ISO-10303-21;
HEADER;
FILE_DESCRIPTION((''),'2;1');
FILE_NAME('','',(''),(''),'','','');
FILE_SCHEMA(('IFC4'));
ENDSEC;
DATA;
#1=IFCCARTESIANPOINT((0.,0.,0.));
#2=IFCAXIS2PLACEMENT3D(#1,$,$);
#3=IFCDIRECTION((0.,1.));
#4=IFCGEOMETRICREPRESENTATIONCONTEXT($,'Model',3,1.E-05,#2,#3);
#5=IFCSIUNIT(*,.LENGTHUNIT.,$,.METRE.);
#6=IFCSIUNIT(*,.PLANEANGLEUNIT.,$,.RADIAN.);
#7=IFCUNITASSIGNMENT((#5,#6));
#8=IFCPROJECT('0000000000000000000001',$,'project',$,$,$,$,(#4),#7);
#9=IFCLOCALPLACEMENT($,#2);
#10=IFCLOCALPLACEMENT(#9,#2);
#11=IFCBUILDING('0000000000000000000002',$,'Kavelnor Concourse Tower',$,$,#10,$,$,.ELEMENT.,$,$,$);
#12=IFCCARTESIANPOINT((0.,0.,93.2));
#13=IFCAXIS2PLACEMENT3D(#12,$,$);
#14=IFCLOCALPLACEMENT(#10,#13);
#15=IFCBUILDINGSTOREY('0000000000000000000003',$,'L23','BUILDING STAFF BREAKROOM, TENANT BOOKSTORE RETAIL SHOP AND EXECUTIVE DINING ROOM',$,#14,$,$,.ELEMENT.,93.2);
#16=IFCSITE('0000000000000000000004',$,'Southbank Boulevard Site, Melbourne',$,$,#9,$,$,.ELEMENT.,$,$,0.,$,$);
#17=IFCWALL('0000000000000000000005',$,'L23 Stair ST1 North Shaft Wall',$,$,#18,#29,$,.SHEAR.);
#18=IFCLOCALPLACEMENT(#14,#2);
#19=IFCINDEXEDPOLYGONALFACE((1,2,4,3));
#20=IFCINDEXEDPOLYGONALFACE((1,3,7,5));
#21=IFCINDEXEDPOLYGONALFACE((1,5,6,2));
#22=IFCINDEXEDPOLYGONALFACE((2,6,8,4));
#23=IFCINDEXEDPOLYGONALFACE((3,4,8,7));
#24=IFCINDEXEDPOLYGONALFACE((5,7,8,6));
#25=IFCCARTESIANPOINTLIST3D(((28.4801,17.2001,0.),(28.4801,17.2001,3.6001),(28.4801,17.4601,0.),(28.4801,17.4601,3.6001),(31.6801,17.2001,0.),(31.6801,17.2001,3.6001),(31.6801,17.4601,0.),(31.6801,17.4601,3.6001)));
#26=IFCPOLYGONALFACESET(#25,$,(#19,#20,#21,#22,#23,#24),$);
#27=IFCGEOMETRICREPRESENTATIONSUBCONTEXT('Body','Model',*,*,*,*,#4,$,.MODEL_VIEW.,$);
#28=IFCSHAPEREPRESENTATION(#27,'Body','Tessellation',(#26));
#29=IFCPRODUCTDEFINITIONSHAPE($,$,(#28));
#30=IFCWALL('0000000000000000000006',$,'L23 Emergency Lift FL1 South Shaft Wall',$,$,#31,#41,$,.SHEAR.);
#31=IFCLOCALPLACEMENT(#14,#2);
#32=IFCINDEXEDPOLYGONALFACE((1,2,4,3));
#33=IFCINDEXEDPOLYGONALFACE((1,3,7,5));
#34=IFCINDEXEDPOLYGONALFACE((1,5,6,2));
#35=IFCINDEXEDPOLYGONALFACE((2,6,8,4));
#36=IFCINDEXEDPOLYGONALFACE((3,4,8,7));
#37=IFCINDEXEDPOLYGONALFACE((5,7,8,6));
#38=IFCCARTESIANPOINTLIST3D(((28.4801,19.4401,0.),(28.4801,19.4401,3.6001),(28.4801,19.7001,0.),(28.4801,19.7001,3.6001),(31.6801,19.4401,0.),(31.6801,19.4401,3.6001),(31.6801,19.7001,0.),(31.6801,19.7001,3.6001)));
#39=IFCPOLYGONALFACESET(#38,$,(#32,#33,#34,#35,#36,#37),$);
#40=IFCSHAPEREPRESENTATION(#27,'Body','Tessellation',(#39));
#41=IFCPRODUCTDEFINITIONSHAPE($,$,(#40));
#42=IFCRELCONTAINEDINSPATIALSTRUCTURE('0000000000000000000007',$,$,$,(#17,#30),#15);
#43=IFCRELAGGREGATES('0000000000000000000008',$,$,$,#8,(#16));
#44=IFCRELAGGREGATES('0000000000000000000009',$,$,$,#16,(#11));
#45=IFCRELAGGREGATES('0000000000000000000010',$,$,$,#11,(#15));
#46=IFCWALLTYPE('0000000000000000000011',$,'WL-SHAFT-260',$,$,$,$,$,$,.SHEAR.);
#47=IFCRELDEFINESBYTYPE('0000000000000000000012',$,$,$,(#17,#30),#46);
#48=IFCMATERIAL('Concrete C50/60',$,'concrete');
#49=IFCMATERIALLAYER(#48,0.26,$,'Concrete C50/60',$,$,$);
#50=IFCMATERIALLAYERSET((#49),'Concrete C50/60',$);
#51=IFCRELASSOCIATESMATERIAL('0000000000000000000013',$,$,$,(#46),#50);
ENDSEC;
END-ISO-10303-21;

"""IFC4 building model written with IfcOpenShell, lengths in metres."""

from ifc_helpers import new_model, si_unit, direction, frame, frame_2d, origin, place, context, subcontext, project, spatial, rectangle, extrude, material, layer, layer_set, type_object, element, save


model = new_model("IFC4")

# Units and contexts
model_context = context("Model", 3, precision=1e-05, world=origin(), true_north=direction((0.0, 1.0)))
body_context = subcontext(model_context, "Body", "Model", "MODEL_VIEW")
ifc_project = project(units=[si_unit("LENGTHUNIT", "METRE"), si_unit("PLANEANGLEUNIT", "RADIAN")], contexts=[model_context])

# Site, building, storey
site_placement = place(None, origin())
site = spatial("IfcSite", under=ifc_project, at=site_placement, Name="Southbank Boulevard Site, Melbourne", CompositionType="ELEMENT", RefElevation=0.0)
building_placement = place(site_placement, origin())
building = spatial("IfcBuilding", under=site, at=building_placement, Name="Kavelnor Concourse Tower", CompositionType="ELEMENT")
storey_placement = place(building_placement, frame((0.0, 0.0, 93.2)))
storey = spatial("IfcBuildingStorey", under=building, at=storey_placement, Name="L23", Description="BUILDING STAFF BREAKROOM, TENANT BOOKSTORE RETAIL SHOP AND EXECUTIVE DINING ROOM", CompositionType="ELEMENT", Elevation=93.2)

# Shared definitions
ifc_material_1 = material(Name="Concrete C50/60", Category="concrete")

# Walls
ifc_layer_1 = layer(ifc_material_1, 0.26, Name="Concrete C50/60")
ifc_layer_set_1 = layer_set([ifc_layer_1], Name="Concrete C50/60")
wall_type_1 = type_object("IfcWallType", Name="WL-SHAFT-260", PredefinedType="SHEAR", material=ifc_layer_set_1)
for number, where, z_axis, x_axis, name in (
    (1, (28.48, 17.3301, 0.0), (0.0, 0.0, 1.0), (1.0, 0.0, 0.0), "L23 Stair ST1 North Shaft Wall"),
    (2, (28.48, 19.5701, 0.0), (0.0, 0.0, 1.0), (1.0, 0.0, 0.0), "L23 Emergency Lift FL1 South Shaft Wall"),
):
    element("IfcWall", number, at=place(storey_placement, frame(where, z_axis=z_axis, x_axis=x_axis)), inside=storey, type_object=wall_type_1, Name=name, PredefinedType="SHEAR", context=body_context, shape_type="SweptSolid", body=[
        extrude(rectangle(XDim=3.2, YDim=0.26, at=frame_2d((1.6001, 0.0))), origin(), (0.0, 0.0, 1.0), 3.6001),
    ])

save(model, "model.ifc")
